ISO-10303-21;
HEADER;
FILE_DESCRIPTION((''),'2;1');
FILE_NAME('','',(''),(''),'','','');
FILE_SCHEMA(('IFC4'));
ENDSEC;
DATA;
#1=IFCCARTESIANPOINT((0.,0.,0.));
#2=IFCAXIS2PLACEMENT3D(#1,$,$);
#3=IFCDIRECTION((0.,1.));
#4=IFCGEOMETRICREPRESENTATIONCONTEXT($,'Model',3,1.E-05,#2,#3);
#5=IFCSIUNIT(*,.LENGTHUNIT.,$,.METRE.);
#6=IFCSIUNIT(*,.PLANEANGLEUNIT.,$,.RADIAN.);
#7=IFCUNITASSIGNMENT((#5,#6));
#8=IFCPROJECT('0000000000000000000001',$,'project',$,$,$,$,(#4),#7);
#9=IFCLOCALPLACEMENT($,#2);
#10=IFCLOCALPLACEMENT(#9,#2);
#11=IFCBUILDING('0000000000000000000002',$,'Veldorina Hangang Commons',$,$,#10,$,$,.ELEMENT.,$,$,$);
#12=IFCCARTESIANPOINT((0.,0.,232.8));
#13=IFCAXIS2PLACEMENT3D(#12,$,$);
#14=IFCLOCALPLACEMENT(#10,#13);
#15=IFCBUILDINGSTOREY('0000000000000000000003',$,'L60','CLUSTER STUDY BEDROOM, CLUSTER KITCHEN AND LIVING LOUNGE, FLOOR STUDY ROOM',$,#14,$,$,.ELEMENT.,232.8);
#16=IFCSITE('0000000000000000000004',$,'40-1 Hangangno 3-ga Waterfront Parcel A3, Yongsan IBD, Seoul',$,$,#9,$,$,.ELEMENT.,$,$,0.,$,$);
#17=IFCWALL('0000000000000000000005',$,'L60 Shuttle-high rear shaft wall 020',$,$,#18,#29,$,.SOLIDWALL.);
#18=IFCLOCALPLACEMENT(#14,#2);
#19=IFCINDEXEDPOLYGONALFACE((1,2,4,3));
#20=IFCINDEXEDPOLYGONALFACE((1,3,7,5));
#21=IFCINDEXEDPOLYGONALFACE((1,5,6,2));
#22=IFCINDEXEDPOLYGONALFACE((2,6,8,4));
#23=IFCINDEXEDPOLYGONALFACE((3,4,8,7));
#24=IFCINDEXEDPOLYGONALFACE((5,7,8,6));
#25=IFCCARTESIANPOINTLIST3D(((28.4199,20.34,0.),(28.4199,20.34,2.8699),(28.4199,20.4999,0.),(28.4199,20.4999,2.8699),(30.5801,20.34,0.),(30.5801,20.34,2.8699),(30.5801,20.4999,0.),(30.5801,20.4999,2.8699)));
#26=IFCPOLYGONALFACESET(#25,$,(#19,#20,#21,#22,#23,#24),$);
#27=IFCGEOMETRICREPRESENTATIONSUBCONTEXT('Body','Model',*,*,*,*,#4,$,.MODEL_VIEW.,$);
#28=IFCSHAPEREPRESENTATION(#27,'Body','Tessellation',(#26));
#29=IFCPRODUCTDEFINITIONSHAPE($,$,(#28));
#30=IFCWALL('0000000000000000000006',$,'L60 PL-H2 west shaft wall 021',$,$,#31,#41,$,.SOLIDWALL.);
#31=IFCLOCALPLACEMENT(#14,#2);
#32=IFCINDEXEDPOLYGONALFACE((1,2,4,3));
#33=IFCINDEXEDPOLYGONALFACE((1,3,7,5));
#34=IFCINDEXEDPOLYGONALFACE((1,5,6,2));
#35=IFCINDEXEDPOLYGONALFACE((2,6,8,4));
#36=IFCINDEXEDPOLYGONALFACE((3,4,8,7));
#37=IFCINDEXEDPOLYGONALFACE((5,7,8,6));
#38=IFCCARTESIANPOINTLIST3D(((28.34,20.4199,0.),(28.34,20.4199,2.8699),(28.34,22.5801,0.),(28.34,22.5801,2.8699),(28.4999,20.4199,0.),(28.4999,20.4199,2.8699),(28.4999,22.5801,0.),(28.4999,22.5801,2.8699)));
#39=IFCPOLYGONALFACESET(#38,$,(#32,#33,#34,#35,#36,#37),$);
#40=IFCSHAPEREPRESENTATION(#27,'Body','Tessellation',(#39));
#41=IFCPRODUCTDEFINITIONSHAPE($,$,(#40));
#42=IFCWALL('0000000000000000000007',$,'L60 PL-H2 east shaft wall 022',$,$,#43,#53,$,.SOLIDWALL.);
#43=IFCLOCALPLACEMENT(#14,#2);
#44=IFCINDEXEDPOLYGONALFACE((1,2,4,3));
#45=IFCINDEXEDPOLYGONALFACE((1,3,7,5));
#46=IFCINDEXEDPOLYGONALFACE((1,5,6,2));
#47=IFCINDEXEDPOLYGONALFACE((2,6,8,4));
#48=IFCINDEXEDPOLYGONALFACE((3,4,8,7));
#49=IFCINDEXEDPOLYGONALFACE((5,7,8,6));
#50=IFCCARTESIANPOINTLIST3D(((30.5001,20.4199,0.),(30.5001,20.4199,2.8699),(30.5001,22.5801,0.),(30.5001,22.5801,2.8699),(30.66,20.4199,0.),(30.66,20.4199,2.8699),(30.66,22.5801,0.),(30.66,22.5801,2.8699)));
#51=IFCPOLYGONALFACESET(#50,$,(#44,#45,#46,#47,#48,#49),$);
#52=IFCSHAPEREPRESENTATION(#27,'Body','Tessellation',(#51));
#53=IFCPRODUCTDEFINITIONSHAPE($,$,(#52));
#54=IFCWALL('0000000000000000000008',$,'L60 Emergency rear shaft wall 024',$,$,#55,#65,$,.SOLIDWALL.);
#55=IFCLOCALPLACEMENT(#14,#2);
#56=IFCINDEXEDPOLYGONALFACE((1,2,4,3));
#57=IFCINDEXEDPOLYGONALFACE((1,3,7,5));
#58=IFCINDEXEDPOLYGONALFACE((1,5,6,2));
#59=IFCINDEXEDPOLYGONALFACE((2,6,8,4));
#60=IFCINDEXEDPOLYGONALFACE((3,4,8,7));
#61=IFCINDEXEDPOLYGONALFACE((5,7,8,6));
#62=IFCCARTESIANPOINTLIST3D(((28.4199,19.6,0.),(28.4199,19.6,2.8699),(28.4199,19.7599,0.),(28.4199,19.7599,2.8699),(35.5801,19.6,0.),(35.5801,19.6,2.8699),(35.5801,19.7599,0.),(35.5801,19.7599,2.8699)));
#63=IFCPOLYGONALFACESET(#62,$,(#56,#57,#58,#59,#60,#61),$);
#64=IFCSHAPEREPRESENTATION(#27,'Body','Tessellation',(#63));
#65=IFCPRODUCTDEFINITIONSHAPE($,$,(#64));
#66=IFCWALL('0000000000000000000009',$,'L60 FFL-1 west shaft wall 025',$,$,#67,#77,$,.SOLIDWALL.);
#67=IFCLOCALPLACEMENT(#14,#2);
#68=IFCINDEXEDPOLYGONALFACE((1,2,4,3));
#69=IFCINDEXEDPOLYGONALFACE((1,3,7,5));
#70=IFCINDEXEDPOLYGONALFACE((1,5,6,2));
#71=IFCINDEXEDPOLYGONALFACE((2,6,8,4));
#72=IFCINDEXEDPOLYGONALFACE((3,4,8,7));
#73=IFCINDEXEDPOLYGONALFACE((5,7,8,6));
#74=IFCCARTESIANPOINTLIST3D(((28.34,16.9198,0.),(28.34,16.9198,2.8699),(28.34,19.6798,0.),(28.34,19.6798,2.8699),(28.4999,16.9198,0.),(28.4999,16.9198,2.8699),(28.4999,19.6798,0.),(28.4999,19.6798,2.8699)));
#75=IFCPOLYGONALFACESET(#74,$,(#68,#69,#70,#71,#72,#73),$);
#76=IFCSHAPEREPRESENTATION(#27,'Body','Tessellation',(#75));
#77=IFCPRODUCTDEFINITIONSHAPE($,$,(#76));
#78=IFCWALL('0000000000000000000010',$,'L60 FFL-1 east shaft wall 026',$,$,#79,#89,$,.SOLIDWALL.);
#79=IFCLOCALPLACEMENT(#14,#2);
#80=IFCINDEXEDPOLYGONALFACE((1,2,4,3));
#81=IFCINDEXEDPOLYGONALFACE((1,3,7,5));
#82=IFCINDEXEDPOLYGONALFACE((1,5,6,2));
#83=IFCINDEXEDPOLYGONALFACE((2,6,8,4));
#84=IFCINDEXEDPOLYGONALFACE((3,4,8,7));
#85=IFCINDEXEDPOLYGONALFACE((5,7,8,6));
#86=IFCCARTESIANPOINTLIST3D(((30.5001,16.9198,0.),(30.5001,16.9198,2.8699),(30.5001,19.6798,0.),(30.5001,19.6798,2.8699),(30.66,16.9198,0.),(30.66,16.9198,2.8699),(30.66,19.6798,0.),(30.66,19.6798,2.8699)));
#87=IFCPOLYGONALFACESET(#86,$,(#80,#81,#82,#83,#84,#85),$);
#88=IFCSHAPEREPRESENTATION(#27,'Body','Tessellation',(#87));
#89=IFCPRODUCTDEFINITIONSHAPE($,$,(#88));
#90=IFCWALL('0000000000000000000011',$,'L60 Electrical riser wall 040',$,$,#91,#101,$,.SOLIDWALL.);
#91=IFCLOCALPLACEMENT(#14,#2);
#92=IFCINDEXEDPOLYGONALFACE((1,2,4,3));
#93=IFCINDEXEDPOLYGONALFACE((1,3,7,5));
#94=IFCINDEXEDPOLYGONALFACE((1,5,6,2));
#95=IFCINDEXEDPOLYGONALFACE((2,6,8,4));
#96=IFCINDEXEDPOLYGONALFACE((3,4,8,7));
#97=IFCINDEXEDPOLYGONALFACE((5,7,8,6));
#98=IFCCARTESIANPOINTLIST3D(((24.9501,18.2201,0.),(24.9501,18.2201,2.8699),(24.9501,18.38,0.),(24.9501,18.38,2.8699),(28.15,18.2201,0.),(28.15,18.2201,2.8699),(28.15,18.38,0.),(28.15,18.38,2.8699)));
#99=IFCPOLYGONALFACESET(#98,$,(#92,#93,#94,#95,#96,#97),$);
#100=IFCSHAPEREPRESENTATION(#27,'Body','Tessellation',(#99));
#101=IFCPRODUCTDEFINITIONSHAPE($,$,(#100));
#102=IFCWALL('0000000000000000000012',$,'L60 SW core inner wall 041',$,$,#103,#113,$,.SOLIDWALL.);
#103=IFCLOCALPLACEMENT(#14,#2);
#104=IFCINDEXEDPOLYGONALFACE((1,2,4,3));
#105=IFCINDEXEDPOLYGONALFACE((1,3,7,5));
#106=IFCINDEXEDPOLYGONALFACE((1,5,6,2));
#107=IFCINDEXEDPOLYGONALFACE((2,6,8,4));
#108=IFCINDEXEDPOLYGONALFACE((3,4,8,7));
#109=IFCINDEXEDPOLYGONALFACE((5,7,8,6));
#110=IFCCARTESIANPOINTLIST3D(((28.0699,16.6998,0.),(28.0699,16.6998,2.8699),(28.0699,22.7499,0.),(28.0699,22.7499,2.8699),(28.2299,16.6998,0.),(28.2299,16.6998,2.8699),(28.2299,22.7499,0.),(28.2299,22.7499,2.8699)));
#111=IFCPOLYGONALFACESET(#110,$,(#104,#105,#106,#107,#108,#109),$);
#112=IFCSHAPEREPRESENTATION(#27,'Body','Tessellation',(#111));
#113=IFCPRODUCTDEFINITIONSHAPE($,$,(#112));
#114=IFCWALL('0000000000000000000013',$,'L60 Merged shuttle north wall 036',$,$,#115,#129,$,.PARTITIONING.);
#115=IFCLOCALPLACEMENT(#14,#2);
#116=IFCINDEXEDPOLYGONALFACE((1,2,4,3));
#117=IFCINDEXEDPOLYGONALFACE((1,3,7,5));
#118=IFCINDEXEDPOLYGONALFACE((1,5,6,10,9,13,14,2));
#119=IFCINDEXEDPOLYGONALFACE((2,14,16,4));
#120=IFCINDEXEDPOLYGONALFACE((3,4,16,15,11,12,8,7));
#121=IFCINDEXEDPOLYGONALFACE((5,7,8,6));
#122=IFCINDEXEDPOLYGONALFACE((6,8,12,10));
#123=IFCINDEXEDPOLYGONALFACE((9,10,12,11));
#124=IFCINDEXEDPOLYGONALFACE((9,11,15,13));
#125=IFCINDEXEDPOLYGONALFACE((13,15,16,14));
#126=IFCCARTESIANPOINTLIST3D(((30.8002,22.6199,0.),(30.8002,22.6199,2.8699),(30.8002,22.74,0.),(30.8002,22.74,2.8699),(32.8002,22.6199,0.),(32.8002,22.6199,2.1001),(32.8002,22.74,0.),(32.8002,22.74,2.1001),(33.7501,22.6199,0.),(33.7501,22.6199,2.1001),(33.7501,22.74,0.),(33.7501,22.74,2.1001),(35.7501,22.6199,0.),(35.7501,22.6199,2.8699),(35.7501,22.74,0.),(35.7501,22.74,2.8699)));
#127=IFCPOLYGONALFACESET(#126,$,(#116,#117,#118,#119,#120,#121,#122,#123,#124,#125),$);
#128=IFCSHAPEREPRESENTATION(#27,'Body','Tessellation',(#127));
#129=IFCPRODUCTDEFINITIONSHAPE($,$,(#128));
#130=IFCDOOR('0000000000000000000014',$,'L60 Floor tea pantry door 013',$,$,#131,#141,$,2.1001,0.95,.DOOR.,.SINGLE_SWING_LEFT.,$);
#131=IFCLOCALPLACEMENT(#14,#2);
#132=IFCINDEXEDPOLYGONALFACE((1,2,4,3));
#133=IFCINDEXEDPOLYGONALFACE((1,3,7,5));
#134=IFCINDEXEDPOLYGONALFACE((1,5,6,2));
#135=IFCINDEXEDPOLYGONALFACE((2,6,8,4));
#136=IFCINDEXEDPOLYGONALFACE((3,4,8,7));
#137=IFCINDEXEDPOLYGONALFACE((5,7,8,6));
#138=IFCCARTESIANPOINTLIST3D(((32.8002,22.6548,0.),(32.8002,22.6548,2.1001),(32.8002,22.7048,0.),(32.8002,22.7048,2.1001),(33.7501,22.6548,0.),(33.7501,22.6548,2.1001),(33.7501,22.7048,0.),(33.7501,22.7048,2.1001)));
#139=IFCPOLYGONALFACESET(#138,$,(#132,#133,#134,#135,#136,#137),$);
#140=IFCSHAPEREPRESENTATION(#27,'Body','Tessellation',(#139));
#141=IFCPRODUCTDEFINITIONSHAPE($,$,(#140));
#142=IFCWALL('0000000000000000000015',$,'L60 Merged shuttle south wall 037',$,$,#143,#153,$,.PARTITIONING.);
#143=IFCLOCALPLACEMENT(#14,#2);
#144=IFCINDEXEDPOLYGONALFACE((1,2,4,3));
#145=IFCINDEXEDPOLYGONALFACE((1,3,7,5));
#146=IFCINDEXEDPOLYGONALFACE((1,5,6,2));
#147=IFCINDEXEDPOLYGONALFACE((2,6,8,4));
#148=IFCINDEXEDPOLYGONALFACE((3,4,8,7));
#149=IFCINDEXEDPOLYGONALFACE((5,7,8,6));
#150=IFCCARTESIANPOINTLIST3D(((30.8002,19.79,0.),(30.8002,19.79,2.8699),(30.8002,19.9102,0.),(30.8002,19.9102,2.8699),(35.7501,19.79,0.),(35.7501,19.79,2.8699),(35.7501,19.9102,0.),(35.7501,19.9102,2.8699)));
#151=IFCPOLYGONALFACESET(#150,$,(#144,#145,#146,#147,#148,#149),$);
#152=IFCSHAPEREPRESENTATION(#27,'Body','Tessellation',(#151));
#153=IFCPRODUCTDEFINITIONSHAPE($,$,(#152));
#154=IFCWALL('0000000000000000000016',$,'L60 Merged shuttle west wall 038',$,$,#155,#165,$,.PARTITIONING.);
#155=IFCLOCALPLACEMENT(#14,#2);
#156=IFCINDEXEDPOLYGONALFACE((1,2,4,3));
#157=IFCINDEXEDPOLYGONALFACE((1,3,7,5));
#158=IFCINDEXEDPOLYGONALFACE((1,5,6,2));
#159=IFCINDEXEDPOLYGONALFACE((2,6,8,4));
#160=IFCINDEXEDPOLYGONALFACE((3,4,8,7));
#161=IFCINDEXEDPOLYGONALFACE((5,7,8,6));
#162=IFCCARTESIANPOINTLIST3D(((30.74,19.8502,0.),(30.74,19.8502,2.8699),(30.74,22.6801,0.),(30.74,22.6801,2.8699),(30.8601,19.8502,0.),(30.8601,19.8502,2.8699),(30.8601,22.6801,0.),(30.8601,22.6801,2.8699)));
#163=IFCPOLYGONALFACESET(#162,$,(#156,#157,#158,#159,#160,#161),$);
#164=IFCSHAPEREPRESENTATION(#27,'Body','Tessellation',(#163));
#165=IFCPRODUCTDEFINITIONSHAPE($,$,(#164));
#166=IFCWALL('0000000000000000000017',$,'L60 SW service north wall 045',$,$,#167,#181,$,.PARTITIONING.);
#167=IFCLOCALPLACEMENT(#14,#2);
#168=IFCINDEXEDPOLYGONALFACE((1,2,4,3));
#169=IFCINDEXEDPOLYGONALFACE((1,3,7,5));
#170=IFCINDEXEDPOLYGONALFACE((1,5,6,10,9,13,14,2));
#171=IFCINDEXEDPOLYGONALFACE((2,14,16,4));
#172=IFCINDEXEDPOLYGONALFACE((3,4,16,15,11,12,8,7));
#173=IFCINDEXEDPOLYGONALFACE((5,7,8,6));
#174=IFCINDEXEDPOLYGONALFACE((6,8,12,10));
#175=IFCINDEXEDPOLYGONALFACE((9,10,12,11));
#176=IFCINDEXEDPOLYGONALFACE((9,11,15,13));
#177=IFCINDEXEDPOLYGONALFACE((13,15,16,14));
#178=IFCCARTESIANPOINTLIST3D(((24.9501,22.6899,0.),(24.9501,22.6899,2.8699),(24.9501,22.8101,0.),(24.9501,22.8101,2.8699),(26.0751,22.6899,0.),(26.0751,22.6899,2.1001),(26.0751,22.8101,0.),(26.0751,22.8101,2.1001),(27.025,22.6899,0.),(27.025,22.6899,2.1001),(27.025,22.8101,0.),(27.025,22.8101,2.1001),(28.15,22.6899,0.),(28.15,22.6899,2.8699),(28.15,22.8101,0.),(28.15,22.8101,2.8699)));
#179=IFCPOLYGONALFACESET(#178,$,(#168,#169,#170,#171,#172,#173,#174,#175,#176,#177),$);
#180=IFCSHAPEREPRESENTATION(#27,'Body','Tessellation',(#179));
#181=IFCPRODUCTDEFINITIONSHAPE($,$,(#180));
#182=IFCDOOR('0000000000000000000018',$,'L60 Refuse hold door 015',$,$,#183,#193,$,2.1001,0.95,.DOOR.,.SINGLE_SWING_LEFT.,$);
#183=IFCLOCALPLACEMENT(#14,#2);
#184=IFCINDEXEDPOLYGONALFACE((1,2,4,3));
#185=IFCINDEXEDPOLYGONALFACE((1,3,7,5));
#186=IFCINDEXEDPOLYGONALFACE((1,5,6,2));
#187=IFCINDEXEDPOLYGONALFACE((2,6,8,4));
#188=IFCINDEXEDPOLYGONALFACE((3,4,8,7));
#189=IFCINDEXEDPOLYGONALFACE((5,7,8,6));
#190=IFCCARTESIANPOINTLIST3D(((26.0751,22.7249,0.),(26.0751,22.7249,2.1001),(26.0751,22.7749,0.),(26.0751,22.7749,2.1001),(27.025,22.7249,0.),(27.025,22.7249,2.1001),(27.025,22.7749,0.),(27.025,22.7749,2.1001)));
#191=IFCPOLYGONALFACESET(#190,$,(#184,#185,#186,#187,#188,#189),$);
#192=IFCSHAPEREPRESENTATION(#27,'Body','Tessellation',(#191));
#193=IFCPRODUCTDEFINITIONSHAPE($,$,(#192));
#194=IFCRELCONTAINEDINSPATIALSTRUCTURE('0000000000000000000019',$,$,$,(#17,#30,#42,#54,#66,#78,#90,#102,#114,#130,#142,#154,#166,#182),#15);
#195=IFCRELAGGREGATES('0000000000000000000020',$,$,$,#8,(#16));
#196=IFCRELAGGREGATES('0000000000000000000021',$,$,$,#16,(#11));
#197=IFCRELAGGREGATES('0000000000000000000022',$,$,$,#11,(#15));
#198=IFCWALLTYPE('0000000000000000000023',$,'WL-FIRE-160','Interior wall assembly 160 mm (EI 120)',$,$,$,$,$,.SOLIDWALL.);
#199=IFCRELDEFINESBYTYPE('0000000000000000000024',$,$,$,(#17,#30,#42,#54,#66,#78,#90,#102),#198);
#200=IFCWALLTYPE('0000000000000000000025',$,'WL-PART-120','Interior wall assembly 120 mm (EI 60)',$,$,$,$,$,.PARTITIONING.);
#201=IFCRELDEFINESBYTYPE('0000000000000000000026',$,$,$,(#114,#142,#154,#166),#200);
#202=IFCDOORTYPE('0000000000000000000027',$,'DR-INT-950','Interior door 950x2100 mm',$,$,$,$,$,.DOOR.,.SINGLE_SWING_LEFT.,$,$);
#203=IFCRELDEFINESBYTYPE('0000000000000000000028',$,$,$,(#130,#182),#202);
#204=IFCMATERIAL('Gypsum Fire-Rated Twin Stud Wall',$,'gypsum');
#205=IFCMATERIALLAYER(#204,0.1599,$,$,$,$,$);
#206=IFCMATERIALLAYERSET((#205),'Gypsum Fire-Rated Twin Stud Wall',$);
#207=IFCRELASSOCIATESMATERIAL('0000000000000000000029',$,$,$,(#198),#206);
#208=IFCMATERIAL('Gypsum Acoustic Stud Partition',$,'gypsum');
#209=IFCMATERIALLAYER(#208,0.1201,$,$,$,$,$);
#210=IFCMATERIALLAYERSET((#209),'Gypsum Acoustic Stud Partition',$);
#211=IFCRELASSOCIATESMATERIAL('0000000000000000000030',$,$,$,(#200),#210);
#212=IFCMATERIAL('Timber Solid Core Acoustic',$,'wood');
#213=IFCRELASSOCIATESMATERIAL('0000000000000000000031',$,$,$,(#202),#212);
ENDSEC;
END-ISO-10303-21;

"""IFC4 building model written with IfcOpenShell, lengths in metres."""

from ifc_helpers import new_model, si_unit, direction, frame, frame_2d, origin, place, context, subcontext, project, spatial, rectangle, extrude, material, layer, layer_set, type_object, element, fill, save


model = new_model("IFC4")

# Units and contexts
model_context = context("Model", 3, precision=1e-05, world=origin(), true_north=direction((0.0, 1.0)))
body_context = subcontext(model_context, "Body", "Model", "MODEL_VIEW")
ifc_project = project(units=[si_unit("LENGTHUNIT", "METRE"), si_unit("PLANEANGLEUNIT", "RADIAN")], contexts=[model_context])

# Site, building, storey
site_placement = place(None, origin())
site = spatial("IfcSite", under=ifc_project, at=site_placement, Name="40-1 Hangangno 3-ga Waterfront Parcel A3, Yongsan IBD, Seoul", CompositionType="ELEMENT", RefElevation=0.0)
building_placement = place(site_placement, origin())
building = spatial("IfcBuilding", under=site, at=building_placement, Name="Veldorina Hangang Commons", CompositionType="ELEMENT")
storey_placement = place(building_placement, frame((0.0, 0.0, 232.8)))
storey = spatial("IfcBuildingStorey", under=building, at=storey_placement, Name="L60", Description="CLUSTER STUDY BEDROOM, CLUSTER KITCHEN AND LIVING LOUNGE, FLOOR STUDY ROOM", CompositionType="ELEMENT", Elevation=232.8)

# Shared definitions
ifc_material_1 = material(Name="Gypsum Fire-Rated Twin Stud Wall", Category="gypsum")
ifc_layer_1 = layer(ifc_material_1, 0.1599)
ifc_layer_set_1 = layer_set([ifc_layer_1], Name="Gypsum Fire-Rated Twin Stud Wall")
wall_type_1 = type_object("IfcWallType", Name="WL-FIRE-160", Description="Interior wall assembly 160 mm (EI 120)", PredefinedType="SOLIDWALL", material=ifc_layer_set_1)

# Walls
for number, where, z_axis, x_axis, name in (
    (1, (28.4199, 20.4199, 0.0), (0.0, 0.0, 1.0), (1.0, 0.0, 0.0), "L60 Shuttle-high rear shaft wall 020"),
    (2, (28.4199, 20.4199, 0.0), (0.0, 0.0, 1.0), (0.0, 1.0, 0.0), "L60 PL-H2 west shaft wall 021"),
    (3, (30.5801, 20.4199, 0.0), (0.0, 0.0, 1.0), (0.0, 1.0, 0.0), "L60 PL-H2 east shaft wall 022"),
):
    element("IfcWall", number, at=place(storey_placement, frame(where, z_axis=z_axis, x_axis=x_axis)), inside=storey, type_object=wall_type_1, Name=name, PredefinedType="SOLIDWALL", context=body_context, shape_type="SweptSolid", body=[
        extrude(rectangle(XDim=2.1602, YDim=0.1599, at=frame_2d((1.0801, 0.0))), origin(), (0.0, 0.0, 1.0), 2.8699),
    ])

# Walls
wall_1_placement = place(storey_placement, frame((28.4199, 19.6799, 0.0), z_axis=(0.0, 0.0, 1.0), x_axis=(1.0, 0.0, 0.0)))
element("IfcWall", 4, at=wall_1_placement, inside=storey, type_object=wall_type_1, Name="L60 Emergency rear shaft wall 024", PredefinedType="SOLIDWALL", context=body_context, shape_type="SweptSolid", body=[
    extrude(rectangle(XDim=7.1602, YDim=0.1599, at=frame_2d((3.5801, 0.0))), origin(), (0.0, 0.0, 1.0), 2.8699),
])
for number, where, z_axis, x_axis, name in (
    (5, (28.4199, 16.9199, 0.0), (0.0, 0.0, 1.0), (0.0, 1.0, 0.0), "L60 FFL-1 west shaft wall 025"),
    (6, (30.5801, 16.9199, 0.0), (0.0, 0.0, 1.0), (0.0, 1.0, 0.0), "L60 FFL-1 east shaft wall 026"),
):
    element("IfcWall", number, at=place(storey_placement, frame(where, z_axis=z_axis, x_axis=x_axis)), inside=storey, type_object=wall_type_1, Name=name, PredefinedType="SOLIDWALL", context=body_context, shape_type="SweptSolid", body=[
        extrude(rectangle(XDim=2.76, YDim=0.1599, at=frame_2d((1.3799, 0.0))), origin(), (0.0, 0.0, 1.0), 2.8699),
    ])
wall_2_placement = place(storey_placement, frame((24.95, 18.3, 0.0), z_axis=(0.0, 0.0, 1.0), x_axis=(1.0, 0.0, 0.0)))
element("IfcWall", 7, at=wall_2_placement, inside=storey, type_object=wall_type_1, Name="L60 Electrical riser wall 040", PredefinedType="SOLIDWALL", context=body_context, shape_type="SweptSolid", body=[
    extrude(rectangle(XDim=3.2, YDim=0.1599, at=frame_2d((1.6001, 0.0))), origin(), (0.0, 0.0, 1.0), 2.8699),
])
wall_3_placement = place(storey_placement, frame((28.1499, 16.7, 0.0), z_axis=(0.0, 0.0, 1.0), x_axis=(0.0, 1.0, 0.0)))
element("IfcWall", 8, at=wall_3_placement, inside=storey, type_object=wall_type_1, Name="L60 SW core inner wall 041", PredefinedType="SOLIDWALL", context=body_context, shape_type="SweptSolid", body=[
    extrude(rectangle(XDim=6.05, YDim=0.1599, at=frame_2d((3.0249, 0.0))), origin(), (0.0, 0.0, 1.0), 2.8699),
])

# Wall, opening, door
ifc_material_2 = material(Name="Gypsum Acoustic Stud Partition", Category="gypsum")
ifc_layer_2 = layer(ifc_material_2, 0.1201)
ifc_layer_set_2 = layer_set([ifc_layer_2], Name="Gypsum Acoustic Stud Partition")
wall_type_2 = type_object("IfcWallType", Name="WL-PART-120", Description="Interior wall assembly 120 mm (EI 60)", PredefinedType="PARTITIONING", material=ifc_layer_set_2)
wall_4_placement = place(storey_placement, frame((30.8, 22.6799, 0.0), z_axis=(0.0, 0.0, 1.0), x_axis=(1.0, 0.0, 0.0)))
wall_4 = element("IfcWall", 9, at=wall_4_placement, inside=storey, type_object=wall_type_2, Name="L60 Merged shuttle north wall 036", PredefinedType="PARTITIONING", context=body_context, shape_type="SweptSolid", body=[
    extrude(rectangle(XDim=4.95, YDim=0.1201, at=frame_2d((2.4751, 0.0))), origin(), (0.0, 0.0, 1.0), 2.8699),
])
opening_1_placement = place(wall_4_placement, frame((2.0, 0.0, 0.0)))
opening_1 = element("IfcOpeningElement", 10, at=opening_1_placement, cuts=wall_4, PredefinedType="OPENING", context=body_context, shape_type="SweptSolid", body=[
    extrude(rectangle(XDim=0.95, YDim=2.1001, at=frame_2d((0.4751, 1.05))), frame((0.0, 0.0701, 0.0), z_axis=(0.0, -1.0, 0.0), x_axis=(1.0, 0.0, 0.0)), (0.0, 0.0, 1.0), 0.1401),
])
ifc_material_3 = material(Name="Timber Solid Core Acoustic", Category="wood")
door_type_1 = type_object("IfcDoorType", Name="DR-INT-950", Description="Interior door 950x2100 mm", OperationType="SINGLE_SWING_LEFT", PredefinedType="DOOR", material=ifc_material_3)
door_1_placement = place(opening_1_placement, origin())
door_1 = element("IfcDoor", 11, at=door_1_placement, inside=storey, type_object=door_type_1, Name="L60 Floor tea pantry door 013", OperationType="SINGLE_SWING_LEFT", OverallHeight=2.1001, OverallWidth=0.95, PredefinedType="DOOR", context=body_context, shape_type="SweptSolid", body=[
    extrude(rectangle(XDim=0.95, YDim=2.1001, at=frame_2d((0.4751, 1.05))), frame((0.0, 0.0249, 0.0), z_axis=(0.0, -1.0, 0.0), x_axis=(1.0, 0.0, 0.0)), (0.0, 0.0, 1.0), 0.05),
])
fill(opening_1, door_1)

# Walls
wall_5_placement = place(storey_placement, frame((30.8, 19.8501, 0.0), z_axis=(0.0, 0.0, 1.0), x_axis=(1.0, 0.0, 0.0)))
element("IfcWall", 12, at=wall_5_placement, inside=storey, type_object=wall_type_2, Name="L60 Merged shuttle south wall 037", PredefinedType="PARTITIONING", context=body_context, shape_type="SweptSolid", body=[
    extrude(rectangle(XDim=4.95, YDim=0.1201, at=frame_2d((2.4751, 0.0))), origin(), (0.0, 0.0, 1.0), 2.8699),
])
wall_6_placement = place(storey_placement, frame((30.8, 19.8501, 0.0), z_axis=(0.0, 0.0, 1.0), x_axis=(0.0, 1.0, 0.0)))
element("IfcWall", 13, at=wall_6_placement, inside=storey, type_object=wall_type_2, Name="L60 Merged shuttle west wall 038", PredefinedType="PARTITIONING", context=body_context, shape_type="SweptSolid", body=[
    extrude(rectangle(XDim=2.8298, YDim=0.1201, at=frame_2d((1.415, 0.0))), origin(), (0.0, 0.0, 1.0), 2.8699),
])

# Wall, opening, door
wall_7_placement = place(storey_placement, frame((24.95, 22.75, 0.0), z_axis=(0.0, 0.0, 1.0), x_axis=(1.0, 0.0, 0.0)))
wall_7 = element("IfcWall", 14, at=wall_7_placement, inside=storey, type_object=wall_type_2, Name="L60 SW service north wall 045", PredefinedType="PARTITIONING", context=body_context, shape_type="SweptSolid", body=[
    extrude(rectangle(XDim=3.2, YDim=0.1201, at=frame_2d((1.6001, 0.0))), origin(), (0.0, 0.0, 1.0), 2.8699),
])
opening_2_placement = place(wall_7_placement, frame((1.125, 0.0, 0.0)))
opening_2 = element("IfcOpeningElement", 15, at=opening_2_placement, cuts=wall_7, PredefinedType="OPENING", context=body_context, shape_type="SweptSolid", body=[
    extrude(rectangle(XDim=0.95, YDim=2.1001, at=frame_2d((0.4751, 1.05))), frame((0.0, 0.0701, 0.0), z_axis=(0.0, -1.0, 0.0), x_axis=(1.0, 0.0, 0.0)), (0.0, 0.0, 1.0), 0.1401),
])
door_2_placement = place(opening_2_placement, origin())
door_2 = element("IfcDoor", 16, at=door_2_placement, inside=storey, type_object=door_type_1, Name="L60 Refuse hold door 015", OperationType="SINGLE_SWING_LEFT", OverallHeight=2.1001, OverallWidth=0.95, PredefinedType="DOOR", context=body_context, shape_type="SweptSolid", body=[
    extrude(rectangle(XDim=0.95, YDim=2.1001, at=frame_2d((0.4751, 1.05))), frame((0.0, 0.0249, 0.0), z_axis=(0.0, -1.0, 0.0), x_axis=(1.0, 0.0, 0.0)), (0.0, 0.0, 1.0), 0.05),
])
fill(opening_2, door_2)

save(model, "model.ifc")
